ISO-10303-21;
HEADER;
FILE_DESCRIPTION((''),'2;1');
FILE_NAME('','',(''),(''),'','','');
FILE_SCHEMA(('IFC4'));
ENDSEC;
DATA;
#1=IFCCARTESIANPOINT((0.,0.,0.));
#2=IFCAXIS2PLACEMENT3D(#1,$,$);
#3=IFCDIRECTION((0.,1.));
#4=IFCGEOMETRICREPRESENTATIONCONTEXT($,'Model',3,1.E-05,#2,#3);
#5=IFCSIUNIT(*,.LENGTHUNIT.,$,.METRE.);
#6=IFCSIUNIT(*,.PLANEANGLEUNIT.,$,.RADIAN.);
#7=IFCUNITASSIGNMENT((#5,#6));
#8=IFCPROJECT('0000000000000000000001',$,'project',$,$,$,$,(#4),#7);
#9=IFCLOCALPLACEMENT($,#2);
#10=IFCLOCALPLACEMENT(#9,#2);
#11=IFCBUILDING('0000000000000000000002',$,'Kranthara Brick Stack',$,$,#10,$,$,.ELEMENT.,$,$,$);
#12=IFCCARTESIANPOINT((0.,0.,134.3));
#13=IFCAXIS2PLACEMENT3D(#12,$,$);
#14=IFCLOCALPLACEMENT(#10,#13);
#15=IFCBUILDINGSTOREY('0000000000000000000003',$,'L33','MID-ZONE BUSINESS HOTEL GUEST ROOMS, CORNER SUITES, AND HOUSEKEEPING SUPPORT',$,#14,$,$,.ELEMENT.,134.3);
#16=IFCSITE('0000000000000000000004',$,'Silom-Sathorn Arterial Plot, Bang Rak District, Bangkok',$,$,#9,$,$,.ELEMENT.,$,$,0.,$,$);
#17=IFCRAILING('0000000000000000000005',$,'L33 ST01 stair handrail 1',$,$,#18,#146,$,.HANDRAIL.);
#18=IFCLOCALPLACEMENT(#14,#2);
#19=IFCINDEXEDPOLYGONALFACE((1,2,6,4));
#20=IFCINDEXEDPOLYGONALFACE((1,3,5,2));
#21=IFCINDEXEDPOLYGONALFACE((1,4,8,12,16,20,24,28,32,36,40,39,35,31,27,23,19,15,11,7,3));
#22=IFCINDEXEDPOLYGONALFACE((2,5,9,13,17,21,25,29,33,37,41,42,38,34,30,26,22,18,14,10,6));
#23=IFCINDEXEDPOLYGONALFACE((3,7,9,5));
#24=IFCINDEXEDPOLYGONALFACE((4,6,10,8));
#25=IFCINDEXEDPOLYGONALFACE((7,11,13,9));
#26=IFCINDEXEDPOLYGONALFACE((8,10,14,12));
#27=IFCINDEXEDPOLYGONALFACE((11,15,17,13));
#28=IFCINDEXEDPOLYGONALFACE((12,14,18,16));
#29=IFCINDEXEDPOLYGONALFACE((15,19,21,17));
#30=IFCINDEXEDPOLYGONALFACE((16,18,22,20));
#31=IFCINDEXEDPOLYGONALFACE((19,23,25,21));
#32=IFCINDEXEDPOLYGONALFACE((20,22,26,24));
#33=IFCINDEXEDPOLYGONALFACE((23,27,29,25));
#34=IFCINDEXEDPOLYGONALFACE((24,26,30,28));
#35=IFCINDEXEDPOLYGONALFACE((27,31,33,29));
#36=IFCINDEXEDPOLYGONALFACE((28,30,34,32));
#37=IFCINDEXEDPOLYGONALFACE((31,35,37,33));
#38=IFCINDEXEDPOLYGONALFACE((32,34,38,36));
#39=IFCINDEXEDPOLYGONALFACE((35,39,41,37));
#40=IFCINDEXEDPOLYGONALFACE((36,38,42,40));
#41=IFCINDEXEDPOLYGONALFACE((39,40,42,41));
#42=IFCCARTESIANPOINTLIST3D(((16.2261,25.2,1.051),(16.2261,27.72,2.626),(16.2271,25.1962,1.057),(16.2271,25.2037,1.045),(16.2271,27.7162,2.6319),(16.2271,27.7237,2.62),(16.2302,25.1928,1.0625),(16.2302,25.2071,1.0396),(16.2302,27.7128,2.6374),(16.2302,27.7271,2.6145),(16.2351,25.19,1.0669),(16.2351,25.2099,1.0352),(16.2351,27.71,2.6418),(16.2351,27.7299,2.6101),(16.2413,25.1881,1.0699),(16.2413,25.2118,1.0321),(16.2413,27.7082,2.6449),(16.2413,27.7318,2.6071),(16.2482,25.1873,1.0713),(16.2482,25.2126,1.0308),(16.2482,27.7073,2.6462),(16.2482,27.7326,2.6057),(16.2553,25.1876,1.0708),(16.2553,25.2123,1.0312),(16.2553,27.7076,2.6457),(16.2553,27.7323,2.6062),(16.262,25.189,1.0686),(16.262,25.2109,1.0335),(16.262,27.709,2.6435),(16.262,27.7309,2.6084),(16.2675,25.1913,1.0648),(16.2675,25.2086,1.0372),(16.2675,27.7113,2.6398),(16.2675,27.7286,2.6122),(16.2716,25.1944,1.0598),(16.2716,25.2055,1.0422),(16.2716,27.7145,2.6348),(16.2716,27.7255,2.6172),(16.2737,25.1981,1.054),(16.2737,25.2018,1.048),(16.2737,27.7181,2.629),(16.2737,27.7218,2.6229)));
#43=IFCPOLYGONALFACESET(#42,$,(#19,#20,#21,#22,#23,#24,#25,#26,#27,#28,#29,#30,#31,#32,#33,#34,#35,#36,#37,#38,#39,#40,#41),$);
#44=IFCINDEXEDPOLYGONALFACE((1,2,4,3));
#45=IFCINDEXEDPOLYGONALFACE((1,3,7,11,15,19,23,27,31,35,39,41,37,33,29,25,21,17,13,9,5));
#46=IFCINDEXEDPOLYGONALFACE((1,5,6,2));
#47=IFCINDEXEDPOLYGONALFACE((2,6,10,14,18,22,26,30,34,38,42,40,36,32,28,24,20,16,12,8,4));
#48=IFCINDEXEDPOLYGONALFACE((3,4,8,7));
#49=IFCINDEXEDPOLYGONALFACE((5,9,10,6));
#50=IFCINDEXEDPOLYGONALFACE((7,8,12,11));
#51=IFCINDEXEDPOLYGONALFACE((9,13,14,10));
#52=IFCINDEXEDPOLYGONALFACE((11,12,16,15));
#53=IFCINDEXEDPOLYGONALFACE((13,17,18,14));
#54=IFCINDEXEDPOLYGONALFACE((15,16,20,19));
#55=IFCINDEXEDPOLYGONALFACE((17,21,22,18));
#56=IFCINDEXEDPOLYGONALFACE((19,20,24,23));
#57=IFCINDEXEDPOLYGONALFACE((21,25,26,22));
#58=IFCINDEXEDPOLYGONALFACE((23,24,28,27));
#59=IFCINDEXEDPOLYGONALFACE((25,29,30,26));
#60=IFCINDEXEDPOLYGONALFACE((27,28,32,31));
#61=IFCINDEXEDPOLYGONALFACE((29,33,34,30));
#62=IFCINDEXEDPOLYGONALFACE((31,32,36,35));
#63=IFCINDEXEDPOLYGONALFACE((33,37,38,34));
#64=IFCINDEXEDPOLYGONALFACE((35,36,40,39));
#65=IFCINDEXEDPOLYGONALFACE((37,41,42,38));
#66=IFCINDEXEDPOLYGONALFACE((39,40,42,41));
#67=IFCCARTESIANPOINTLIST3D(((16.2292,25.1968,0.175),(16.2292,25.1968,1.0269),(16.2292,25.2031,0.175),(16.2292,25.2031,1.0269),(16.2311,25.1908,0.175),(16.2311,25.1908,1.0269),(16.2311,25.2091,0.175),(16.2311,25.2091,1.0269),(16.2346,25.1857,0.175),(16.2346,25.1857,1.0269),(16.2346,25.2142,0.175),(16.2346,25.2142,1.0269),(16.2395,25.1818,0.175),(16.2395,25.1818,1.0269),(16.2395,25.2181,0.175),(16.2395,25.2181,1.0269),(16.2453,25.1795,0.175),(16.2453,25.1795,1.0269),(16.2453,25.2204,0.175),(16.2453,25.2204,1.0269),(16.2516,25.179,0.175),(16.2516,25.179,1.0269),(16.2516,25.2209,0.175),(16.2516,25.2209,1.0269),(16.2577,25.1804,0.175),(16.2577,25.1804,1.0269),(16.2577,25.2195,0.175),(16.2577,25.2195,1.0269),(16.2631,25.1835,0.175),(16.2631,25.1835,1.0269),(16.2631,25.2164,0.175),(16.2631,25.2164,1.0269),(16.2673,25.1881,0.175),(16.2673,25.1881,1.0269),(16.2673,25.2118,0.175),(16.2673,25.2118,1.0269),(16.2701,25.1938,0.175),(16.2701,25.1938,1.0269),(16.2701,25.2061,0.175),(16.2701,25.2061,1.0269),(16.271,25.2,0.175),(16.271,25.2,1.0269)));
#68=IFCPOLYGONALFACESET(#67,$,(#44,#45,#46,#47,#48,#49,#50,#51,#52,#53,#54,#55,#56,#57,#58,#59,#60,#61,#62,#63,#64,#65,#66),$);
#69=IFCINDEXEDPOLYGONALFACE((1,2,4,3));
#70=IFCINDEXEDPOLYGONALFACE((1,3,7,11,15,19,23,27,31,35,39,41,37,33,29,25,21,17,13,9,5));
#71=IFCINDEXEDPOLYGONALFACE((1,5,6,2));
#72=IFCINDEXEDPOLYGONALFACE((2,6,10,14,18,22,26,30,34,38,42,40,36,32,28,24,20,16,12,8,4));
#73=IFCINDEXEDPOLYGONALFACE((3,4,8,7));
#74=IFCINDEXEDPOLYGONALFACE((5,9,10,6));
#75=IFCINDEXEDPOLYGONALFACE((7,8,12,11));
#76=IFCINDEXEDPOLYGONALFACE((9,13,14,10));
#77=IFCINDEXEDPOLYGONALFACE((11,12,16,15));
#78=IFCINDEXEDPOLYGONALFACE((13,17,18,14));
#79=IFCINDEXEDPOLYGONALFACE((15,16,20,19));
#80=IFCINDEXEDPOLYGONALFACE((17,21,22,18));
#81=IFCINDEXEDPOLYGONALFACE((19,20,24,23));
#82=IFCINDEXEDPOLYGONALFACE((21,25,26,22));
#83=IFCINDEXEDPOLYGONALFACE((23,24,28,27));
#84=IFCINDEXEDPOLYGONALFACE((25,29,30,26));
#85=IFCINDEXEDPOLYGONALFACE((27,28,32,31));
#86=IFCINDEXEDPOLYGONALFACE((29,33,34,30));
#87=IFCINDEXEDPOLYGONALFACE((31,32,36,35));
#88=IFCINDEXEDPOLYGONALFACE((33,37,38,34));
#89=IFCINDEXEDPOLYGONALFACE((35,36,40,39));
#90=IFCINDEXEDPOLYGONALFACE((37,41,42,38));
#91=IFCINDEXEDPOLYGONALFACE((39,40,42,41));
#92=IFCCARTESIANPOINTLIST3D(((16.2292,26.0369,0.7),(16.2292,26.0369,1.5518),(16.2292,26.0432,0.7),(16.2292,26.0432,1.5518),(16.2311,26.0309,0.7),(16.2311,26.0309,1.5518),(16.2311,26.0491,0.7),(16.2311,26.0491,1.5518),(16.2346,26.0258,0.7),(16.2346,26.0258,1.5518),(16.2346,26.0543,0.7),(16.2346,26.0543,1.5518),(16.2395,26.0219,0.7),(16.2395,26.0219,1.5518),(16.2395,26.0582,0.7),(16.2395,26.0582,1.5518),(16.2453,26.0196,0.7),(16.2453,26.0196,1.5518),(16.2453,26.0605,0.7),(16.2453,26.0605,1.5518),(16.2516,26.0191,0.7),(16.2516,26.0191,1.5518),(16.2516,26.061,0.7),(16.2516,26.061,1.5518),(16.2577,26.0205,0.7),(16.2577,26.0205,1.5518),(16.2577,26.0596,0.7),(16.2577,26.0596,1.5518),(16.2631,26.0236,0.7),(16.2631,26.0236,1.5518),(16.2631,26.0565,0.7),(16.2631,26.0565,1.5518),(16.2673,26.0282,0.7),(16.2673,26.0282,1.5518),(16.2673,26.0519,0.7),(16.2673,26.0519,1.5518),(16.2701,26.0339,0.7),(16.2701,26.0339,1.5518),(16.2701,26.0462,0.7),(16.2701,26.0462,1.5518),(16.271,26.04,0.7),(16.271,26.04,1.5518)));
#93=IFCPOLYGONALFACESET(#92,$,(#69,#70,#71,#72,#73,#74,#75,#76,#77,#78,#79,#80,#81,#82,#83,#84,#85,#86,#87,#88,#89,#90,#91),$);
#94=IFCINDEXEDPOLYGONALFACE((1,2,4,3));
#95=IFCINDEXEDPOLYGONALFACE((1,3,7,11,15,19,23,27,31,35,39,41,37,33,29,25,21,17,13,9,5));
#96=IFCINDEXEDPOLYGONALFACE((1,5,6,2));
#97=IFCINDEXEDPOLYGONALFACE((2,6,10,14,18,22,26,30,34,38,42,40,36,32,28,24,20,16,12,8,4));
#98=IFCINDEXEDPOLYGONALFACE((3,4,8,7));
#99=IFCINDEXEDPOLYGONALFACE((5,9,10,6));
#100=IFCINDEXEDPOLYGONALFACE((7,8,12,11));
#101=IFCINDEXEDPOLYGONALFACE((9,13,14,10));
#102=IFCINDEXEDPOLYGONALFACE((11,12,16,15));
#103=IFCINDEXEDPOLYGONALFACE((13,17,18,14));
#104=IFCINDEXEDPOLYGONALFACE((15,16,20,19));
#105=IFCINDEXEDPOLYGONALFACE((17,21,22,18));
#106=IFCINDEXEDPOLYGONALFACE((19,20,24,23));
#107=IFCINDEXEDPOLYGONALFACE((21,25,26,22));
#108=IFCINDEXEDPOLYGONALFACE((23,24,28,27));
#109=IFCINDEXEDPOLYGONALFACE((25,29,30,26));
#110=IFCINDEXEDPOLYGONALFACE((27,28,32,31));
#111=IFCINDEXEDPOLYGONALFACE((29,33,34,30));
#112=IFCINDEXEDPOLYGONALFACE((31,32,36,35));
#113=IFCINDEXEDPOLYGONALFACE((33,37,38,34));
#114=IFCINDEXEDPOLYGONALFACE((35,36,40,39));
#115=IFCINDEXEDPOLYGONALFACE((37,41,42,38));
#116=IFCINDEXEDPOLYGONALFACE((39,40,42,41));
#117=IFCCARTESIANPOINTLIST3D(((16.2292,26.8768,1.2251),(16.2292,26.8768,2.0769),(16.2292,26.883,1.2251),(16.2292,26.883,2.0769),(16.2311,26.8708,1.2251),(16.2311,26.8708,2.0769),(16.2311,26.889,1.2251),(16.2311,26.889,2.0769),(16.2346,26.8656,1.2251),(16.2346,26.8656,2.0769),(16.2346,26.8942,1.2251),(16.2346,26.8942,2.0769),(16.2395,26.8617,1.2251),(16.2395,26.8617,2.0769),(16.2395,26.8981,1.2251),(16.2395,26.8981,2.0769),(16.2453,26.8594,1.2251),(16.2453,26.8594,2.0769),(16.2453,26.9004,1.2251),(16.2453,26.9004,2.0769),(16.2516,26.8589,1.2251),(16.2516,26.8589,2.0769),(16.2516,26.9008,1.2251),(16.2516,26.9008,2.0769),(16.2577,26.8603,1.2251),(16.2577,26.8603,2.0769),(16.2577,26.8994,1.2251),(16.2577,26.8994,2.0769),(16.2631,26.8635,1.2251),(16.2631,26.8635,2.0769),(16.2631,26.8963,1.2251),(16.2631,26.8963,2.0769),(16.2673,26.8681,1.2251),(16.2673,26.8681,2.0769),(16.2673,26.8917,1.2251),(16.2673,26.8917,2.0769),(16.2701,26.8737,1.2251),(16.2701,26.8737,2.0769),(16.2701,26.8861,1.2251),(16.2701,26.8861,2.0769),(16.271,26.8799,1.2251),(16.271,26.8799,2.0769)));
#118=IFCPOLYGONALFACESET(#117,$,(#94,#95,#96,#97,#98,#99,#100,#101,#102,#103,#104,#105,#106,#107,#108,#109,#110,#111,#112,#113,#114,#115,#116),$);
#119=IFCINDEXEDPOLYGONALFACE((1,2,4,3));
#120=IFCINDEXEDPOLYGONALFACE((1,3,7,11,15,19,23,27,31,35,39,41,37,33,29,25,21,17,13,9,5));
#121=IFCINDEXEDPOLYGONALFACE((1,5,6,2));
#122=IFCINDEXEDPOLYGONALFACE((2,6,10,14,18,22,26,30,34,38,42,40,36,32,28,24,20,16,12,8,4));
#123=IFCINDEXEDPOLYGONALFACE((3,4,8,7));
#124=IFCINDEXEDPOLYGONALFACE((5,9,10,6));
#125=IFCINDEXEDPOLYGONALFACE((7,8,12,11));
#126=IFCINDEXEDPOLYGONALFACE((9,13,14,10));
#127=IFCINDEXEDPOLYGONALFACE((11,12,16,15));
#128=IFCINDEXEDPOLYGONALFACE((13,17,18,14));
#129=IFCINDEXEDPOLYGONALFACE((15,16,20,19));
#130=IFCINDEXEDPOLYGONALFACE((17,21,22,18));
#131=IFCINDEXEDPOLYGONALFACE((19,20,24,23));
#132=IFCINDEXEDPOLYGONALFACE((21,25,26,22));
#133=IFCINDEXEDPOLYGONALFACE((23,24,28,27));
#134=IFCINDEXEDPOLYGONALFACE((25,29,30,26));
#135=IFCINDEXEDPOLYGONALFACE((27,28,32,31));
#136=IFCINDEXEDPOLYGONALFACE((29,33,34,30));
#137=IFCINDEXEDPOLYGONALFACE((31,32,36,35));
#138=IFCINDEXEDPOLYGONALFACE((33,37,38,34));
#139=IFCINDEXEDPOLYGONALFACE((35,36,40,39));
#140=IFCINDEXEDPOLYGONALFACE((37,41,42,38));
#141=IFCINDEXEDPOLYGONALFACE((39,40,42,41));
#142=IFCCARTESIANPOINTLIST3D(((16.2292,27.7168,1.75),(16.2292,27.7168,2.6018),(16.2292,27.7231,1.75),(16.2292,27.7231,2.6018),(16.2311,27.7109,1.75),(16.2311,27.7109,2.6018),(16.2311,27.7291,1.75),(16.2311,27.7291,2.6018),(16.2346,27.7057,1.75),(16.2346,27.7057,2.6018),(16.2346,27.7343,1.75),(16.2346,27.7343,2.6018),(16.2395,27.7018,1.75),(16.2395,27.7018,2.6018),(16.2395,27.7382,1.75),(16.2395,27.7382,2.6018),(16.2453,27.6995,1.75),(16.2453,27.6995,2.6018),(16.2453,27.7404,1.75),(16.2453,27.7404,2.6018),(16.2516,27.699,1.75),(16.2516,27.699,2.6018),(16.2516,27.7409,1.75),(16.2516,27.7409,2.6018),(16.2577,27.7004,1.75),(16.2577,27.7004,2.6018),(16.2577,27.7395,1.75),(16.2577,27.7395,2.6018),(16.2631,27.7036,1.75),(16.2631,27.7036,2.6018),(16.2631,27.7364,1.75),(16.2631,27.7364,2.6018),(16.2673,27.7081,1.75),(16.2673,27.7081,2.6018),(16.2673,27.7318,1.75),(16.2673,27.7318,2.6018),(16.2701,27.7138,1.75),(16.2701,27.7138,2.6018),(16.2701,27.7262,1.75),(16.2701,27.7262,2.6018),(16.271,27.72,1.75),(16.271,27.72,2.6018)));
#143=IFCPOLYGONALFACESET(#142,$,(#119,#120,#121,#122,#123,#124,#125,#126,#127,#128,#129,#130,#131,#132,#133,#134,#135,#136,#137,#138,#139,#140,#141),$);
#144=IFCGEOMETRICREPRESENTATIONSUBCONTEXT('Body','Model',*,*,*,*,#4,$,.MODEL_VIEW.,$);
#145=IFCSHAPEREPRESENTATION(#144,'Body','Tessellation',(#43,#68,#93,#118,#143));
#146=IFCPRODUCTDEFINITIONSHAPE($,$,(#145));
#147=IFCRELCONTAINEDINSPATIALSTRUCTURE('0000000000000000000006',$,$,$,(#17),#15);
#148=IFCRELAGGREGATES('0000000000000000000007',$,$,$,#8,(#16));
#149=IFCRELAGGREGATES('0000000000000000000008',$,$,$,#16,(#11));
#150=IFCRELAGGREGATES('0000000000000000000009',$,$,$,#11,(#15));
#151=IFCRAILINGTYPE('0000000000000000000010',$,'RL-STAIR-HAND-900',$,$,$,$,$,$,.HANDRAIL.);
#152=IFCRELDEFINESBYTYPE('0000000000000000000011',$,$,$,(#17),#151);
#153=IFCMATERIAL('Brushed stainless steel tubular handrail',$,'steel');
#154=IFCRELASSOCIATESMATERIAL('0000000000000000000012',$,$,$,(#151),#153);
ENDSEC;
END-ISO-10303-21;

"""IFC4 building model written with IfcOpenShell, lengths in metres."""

from ifc_helpers import new_model, si_unit, direction, frame, origin, origin_2d, place, context, subcontext, project, spatial, circle, extrude, material, type_object, element, save


model = new_model("IFC4")

# Units and contexts
model_context = context("Model", 3, precision=1e-05, world=origin(), true_north=direction((0.0, 1.0)))
body_context = subcontext(model_context, "Body", "Model", "MODEL_VIEW")
ifc_project = project(units=[si_unit("LENGTHUNIT", "METRE"), si_unit("PLANEANGLEUNIT", "RADIAN")], contexts=[model_context])

# Site, building, storey
site_placement = place(None, origin())
site = spatial("IfcSite", under=ifc_project, at=site_placement, Name="Silom-Sathorn Arterial Plot, Bang Rak District, Bangkok", CompositionType="ELEMENT", RefElevation=0.0)
building_placement = place(site_placement, origin())
building = spatial("IfcBuilding", under=site, at=building_placement, Name="Kranthara Brick Stack", CompositionType="ELEMENT")
storey_placement = place(building_placement, frame((0.0, 0.0, 134.3)))
storey = spatial("IfcBuildingStorey", under=building, at=storey_placement, Name="L33", Description="MID-ZONE BUSINESS HOTEL GUEST ROOMS, CORNER SUITES, AND HOUSEKEEPING SUPPORT", CompositionType="ELEMENT", Elevation=134.3)

# Railing
ifc_material_1 = material(Name="Brushed stainless steel tubular handrail", Category="steel")
railing_type_1 = type_object("IfcRailingType", Name="RL-STAIR-HAND-900", PredefinedType="HANDRAIL", material=ifc_material_1)
railing_1_placement = place(storey_placement, frame((16.25, 25.2, 0.175)))
element("IfcRailing", 1, at=railing_1_placement, inside=storey, type_object=railing_type_1, Name="L33 ST01 stair handrail 1", PredefinedType="HANDRAIL", context=body_context, shape_type="SweptSolid", body=[
    extrude(circle(Radius=0.0239, at=origin_2d()), frame((0.0, 0.0, 0.876), z_axis=(0.0, 0.848008, 0.529984), x_axis=(-1.0, 0.0, 0.0)), (0.0, 0.0, 1.0), 2.9717),
    extrude(circle(Radius=0.021, at=origin_2d()), origin(), (0.0, 0.0, 1.0), 0.8518),
    extrude(circle(Radius=0.021, at=origin_2d()), frame((0.0, 0.8401, 0.5249)), (0.0, 0.0, 1.0), 0.8518),
    extrude(circle(Radius=0.021, at=origin_2d()), frame((0.0, 1.6799, 1.05)), (0.0, 0.0, 1.0), 0.8518),
    extrude(circle(Radius=0.021, at=origin_2d()), frame((0.0, 2.52, 1.575)), (0.0, 0.0, 1.0), 0.8518),
])

save(model, "model.ifc")
